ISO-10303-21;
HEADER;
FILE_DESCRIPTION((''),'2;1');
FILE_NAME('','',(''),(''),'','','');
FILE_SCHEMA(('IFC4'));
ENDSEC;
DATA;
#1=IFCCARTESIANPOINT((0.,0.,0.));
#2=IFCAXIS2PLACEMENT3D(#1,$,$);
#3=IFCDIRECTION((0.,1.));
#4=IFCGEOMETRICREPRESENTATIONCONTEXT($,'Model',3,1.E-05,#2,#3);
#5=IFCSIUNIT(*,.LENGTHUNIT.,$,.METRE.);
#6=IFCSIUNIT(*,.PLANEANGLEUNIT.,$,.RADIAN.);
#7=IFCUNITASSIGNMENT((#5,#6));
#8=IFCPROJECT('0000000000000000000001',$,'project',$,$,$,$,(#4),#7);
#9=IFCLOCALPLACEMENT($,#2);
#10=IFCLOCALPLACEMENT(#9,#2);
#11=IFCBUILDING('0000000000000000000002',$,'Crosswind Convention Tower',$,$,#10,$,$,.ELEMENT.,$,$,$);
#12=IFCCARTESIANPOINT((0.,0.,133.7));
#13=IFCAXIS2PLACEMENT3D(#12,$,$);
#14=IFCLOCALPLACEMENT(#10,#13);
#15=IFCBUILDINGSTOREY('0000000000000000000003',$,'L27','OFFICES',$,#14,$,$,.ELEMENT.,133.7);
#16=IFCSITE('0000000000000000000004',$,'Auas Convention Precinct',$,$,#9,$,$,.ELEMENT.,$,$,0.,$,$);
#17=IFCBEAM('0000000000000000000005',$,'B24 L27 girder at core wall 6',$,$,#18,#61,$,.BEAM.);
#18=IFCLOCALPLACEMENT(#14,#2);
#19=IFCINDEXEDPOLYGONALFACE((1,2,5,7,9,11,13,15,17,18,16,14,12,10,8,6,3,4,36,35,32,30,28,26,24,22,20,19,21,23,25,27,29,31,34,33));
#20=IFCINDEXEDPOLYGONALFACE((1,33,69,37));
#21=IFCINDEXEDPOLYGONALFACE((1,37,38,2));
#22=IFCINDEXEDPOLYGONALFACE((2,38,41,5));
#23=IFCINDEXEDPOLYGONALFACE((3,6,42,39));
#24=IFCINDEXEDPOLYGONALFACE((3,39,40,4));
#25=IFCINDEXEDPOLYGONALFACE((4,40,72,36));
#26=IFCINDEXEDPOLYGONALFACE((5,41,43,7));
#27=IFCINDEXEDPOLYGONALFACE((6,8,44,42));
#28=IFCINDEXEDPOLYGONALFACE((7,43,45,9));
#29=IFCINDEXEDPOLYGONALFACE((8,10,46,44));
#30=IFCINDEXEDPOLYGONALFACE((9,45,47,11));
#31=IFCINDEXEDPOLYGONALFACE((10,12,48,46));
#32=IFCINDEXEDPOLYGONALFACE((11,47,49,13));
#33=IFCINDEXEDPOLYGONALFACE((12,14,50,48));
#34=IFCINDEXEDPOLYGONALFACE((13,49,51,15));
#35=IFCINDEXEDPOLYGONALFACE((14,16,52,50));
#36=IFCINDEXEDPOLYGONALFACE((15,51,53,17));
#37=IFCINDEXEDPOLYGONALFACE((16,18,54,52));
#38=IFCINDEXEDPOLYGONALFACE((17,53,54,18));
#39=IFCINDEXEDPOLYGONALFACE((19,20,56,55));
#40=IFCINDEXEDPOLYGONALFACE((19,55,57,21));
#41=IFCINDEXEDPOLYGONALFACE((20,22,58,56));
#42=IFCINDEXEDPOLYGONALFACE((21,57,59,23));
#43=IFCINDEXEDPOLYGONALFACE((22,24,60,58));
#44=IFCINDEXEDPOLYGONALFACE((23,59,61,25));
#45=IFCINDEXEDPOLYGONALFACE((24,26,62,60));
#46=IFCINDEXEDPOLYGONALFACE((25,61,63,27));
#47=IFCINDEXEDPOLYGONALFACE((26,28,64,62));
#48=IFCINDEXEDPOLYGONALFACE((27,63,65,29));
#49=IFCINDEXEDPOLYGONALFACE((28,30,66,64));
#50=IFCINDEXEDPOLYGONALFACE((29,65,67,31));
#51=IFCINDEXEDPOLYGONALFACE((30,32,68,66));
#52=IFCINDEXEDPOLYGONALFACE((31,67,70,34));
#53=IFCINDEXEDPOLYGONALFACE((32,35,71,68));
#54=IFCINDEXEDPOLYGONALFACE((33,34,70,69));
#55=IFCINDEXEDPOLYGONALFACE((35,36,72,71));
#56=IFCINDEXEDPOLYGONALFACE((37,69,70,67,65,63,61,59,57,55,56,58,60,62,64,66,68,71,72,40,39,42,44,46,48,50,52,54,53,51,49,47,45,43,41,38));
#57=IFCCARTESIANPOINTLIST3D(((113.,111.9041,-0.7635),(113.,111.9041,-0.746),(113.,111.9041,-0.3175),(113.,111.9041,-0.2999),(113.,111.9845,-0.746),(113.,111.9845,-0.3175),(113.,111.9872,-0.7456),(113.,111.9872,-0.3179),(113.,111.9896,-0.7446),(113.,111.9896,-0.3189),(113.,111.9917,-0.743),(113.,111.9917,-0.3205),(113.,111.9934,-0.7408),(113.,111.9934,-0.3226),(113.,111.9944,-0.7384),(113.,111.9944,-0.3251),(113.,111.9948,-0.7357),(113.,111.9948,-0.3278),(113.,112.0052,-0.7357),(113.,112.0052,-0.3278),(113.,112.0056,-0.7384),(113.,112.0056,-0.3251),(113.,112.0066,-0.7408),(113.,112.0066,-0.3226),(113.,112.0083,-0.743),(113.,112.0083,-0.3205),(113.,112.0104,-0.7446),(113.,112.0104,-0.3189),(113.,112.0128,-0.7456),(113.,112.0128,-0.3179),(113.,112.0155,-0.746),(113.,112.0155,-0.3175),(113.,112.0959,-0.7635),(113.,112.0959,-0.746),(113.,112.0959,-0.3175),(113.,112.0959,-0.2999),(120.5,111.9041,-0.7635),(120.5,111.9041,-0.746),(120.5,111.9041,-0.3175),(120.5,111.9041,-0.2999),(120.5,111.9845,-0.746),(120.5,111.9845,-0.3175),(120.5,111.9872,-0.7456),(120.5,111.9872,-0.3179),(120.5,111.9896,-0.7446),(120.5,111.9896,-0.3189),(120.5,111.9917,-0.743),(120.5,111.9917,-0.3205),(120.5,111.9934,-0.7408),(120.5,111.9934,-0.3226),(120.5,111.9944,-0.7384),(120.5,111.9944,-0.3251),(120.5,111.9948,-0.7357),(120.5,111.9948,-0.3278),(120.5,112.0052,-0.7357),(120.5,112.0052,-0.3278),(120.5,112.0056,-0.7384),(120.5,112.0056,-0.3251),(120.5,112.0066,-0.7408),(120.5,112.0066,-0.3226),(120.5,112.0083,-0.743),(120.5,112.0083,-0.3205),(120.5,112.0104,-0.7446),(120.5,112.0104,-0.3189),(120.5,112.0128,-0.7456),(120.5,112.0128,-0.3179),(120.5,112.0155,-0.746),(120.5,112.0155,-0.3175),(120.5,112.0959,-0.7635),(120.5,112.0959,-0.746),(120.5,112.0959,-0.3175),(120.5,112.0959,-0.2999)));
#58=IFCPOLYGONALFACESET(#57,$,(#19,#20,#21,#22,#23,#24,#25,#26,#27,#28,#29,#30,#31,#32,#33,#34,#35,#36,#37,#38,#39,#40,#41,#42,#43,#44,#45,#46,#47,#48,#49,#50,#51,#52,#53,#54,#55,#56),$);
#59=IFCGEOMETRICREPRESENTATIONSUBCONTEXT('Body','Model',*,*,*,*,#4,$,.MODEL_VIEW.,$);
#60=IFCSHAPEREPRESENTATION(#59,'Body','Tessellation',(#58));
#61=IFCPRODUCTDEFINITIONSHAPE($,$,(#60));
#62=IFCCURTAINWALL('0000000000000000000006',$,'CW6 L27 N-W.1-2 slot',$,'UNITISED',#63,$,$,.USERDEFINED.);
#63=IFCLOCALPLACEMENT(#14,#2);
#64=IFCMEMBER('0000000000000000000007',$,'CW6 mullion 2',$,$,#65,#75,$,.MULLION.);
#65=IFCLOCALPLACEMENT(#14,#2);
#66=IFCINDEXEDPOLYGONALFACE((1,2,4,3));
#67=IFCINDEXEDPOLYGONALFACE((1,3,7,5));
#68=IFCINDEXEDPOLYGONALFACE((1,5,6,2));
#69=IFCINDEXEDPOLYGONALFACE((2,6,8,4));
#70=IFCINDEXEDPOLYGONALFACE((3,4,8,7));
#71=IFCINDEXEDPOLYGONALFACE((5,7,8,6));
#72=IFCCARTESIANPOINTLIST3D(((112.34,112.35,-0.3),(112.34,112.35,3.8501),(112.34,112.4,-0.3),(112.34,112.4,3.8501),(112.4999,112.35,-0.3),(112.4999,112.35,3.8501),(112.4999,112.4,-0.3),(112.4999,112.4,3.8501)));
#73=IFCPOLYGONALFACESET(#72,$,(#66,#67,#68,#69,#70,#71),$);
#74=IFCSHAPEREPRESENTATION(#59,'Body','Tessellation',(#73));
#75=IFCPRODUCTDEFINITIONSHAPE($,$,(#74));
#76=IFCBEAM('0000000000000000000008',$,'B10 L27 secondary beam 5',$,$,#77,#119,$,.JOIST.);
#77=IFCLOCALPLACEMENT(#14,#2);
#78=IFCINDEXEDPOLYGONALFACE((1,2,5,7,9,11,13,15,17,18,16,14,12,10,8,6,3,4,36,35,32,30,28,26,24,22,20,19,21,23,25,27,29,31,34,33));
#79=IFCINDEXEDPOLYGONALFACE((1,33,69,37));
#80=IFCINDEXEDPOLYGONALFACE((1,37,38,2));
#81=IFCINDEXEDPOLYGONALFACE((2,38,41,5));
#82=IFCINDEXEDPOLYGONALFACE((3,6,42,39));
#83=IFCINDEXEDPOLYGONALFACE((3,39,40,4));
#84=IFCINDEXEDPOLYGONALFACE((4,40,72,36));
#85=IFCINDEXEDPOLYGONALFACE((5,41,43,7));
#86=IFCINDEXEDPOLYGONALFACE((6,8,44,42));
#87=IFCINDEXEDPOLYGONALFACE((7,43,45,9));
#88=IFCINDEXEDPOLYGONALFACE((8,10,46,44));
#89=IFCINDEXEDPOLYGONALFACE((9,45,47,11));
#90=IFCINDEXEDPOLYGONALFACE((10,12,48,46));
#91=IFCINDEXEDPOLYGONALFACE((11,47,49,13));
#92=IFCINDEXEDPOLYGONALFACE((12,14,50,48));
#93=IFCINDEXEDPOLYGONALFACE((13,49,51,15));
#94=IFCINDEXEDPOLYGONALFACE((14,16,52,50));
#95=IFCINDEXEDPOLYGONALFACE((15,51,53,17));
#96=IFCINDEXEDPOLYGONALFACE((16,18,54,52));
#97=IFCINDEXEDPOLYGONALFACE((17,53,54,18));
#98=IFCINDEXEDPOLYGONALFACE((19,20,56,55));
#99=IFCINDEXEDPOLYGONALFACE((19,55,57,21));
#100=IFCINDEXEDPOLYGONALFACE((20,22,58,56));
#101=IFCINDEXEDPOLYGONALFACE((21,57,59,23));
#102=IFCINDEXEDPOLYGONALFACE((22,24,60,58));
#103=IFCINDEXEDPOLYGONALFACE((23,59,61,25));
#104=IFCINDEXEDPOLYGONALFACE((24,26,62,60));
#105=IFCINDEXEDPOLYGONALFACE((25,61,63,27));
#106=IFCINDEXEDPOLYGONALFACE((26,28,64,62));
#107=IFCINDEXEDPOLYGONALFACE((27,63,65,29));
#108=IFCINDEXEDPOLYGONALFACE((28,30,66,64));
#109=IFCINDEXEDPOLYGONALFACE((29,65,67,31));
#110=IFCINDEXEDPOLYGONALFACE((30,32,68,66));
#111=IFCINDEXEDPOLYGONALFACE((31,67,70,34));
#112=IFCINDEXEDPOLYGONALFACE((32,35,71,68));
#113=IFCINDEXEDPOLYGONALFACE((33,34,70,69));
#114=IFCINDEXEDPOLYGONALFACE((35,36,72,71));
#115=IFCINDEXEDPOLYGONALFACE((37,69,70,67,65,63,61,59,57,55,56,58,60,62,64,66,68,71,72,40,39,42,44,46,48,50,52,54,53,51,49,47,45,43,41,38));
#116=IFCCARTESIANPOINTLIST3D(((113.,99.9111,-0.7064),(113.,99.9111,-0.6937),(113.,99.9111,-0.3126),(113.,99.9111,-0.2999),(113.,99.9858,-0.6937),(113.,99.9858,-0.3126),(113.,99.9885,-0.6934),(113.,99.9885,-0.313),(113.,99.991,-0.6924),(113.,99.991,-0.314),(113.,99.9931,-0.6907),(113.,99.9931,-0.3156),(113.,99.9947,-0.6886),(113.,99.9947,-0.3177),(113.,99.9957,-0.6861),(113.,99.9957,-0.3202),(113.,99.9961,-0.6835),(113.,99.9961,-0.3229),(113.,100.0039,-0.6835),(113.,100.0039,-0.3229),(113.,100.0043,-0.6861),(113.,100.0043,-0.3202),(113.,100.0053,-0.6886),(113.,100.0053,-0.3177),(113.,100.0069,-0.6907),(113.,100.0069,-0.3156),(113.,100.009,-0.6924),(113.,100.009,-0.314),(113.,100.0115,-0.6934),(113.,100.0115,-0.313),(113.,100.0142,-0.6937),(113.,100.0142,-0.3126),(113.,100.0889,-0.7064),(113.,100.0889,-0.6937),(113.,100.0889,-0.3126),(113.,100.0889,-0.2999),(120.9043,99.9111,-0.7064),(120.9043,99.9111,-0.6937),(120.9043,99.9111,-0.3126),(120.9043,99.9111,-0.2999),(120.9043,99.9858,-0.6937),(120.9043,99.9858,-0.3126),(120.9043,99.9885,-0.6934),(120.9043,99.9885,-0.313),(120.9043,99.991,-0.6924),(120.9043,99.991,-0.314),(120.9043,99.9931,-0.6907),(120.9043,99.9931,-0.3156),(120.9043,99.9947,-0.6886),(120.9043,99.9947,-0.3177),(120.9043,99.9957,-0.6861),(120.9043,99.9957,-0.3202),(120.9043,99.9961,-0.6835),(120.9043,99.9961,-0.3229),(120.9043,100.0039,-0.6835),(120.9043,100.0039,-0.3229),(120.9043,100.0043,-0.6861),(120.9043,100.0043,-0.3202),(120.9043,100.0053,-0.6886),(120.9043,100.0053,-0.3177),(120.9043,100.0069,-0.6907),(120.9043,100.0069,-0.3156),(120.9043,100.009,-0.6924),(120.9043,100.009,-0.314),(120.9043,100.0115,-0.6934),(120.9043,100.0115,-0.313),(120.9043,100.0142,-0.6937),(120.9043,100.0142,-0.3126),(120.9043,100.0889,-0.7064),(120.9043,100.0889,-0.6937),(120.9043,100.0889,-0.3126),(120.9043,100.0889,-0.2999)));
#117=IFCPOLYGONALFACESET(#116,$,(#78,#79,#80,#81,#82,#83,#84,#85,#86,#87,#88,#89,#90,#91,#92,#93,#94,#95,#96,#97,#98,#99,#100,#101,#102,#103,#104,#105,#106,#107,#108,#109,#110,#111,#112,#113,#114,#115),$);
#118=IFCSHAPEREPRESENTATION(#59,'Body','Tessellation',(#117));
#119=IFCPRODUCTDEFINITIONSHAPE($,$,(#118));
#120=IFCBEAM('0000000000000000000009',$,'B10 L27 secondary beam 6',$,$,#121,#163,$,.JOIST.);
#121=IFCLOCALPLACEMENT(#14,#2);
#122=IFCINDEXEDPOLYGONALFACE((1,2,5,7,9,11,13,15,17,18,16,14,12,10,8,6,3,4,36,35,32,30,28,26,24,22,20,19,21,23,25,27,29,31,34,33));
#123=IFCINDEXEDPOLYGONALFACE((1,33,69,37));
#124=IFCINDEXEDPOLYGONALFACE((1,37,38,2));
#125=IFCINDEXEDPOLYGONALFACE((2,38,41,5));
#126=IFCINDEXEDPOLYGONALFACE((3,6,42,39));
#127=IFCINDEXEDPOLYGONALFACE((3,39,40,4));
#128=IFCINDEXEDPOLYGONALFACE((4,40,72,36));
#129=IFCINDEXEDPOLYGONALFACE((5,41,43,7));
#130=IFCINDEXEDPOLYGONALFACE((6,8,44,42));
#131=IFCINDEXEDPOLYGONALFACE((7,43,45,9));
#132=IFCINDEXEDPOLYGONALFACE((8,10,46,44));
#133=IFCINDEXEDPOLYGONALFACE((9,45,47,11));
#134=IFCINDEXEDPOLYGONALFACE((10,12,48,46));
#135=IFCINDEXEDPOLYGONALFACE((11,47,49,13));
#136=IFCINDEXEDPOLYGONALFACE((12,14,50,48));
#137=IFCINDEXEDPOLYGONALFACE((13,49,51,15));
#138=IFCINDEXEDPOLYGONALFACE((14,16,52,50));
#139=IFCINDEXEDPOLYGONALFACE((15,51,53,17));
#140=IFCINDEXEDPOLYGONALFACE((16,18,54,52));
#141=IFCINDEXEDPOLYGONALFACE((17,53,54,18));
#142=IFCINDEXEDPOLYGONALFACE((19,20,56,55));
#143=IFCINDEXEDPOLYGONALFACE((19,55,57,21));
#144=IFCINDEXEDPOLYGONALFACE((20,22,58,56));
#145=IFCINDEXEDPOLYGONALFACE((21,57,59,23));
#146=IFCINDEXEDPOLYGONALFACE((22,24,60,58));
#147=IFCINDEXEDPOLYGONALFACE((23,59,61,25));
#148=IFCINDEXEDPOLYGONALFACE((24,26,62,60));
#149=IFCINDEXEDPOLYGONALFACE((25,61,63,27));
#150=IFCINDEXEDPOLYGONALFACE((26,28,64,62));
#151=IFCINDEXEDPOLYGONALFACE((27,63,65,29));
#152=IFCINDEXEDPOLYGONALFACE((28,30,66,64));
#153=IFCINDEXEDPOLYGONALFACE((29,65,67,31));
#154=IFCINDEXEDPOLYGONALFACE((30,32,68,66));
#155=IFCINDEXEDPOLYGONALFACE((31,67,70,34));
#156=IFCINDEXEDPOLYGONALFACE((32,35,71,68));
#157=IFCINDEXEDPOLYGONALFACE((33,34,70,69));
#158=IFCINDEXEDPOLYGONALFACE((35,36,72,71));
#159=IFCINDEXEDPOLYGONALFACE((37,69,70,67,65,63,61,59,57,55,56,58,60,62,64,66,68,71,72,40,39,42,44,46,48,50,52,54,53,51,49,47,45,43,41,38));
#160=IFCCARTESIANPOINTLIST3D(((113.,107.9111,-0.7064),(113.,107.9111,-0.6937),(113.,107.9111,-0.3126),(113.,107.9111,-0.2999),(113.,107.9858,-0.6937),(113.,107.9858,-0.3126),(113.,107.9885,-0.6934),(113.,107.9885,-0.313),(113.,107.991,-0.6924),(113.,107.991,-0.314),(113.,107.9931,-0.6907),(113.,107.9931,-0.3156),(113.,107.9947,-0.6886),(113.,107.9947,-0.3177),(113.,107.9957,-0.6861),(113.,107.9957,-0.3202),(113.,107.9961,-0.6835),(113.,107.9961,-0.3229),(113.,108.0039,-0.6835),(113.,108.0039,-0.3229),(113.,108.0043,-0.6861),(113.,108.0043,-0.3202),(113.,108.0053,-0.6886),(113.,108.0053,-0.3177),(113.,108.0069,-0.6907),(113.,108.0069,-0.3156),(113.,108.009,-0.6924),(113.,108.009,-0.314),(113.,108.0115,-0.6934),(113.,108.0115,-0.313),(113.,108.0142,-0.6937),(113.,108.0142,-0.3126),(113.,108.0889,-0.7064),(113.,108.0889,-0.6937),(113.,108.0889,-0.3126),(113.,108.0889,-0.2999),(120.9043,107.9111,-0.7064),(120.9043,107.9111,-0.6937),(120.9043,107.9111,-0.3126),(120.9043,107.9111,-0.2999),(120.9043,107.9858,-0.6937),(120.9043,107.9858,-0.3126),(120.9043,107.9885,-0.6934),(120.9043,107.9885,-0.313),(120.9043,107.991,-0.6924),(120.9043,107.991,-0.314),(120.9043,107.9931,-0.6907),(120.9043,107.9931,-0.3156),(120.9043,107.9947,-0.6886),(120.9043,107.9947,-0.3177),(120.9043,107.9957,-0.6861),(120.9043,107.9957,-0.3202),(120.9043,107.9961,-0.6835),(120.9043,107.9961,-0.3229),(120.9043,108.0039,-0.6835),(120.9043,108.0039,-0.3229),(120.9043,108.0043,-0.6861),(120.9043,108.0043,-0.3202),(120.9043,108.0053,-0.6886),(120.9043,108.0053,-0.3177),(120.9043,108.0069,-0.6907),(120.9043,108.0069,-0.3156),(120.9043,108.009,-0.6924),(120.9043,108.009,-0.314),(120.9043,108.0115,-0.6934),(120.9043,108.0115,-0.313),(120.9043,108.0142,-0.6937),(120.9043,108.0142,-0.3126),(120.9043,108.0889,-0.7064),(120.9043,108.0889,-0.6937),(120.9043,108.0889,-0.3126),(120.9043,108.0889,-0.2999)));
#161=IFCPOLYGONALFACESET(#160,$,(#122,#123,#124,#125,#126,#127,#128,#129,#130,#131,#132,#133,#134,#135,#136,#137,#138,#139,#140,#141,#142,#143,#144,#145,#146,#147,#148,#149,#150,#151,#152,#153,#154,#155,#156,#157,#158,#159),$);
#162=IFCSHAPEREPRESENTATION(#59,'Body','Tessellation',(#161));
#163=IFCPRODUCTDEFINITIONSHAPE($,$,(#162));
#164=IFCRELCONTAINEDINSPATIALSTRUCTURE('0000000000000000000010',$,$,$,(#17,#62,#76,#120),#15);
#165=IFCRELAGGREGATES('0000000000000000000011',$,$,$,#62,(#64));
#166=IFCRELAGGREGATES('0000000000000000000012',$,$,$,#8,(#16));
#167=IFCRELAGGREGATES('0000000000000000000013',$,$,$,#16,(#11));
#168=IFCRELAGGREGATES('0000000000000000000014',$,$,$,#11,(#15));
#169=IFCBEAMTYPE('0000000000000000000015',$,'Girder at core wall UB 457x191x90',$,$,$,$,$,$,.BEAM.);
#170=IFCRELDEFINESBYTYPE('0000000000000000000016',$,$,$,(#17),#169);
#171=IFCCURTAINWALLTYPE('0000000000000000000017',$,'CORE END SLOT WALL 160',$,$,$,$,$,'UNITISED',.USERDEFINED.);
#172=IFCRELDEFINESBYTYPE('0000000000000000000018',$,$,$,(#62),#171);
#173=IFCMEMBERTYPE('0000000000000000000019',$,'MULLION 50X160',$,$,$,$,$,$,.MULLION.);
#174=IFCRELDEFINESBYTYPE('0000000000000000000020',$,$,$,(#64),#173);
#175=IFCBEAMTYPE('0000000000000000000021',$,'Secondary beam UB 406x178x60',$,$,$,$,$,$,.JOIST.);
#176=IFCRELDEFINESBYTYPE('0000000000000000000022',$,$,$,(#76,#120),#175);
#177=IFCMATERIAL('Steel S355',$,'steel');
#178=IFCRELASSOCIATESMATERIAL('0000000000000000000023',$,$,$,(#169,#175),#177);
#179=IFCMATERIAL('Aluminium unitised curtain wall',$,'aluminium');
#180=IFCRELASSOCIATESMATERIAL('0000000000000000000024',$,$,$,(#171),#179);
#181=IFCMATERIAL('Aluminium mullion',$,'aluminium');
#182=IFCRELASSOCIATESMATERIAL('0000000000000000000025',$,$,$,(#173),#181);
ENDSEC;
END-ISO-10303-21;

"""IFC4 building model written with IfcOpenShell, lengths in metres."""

from ifc_helpers import new_model, si_unit, direction, frame, origin, origin_2d, place, context, subcontext, project, spatial, rectangle, i_section, extrude, material, material_profile, profile_set, type_object, element, aggregate, save


model = new_model("IFC4")

# Units and contexts
model_context = context("Model", 3, precision=1e-05, world=origin(), true_north=direction((0.0, 1.0)))
body_context = subcontext(model_context, "Body", "Model", "MODEL_VIEW")
ifc_project = project(units=[si_unit("LENGTHUNIT", "METRE"), si_unit("PLANEANGLEUNIT", "RADIAN")], contexts=[model_context])

# Site, building, storey
site_placement = place(None, origin())
site = spatial("IfcSite", under=ifc_project, at=site_placement, Name="Auas Convention Precinct", CompositionType="ELEMENT", RefElevation=0.0)
building_placement = place(site_placement, origin())
building = spatial("IfcBuilding", under=site, at=building_placement, Name="Crosswind Convention Tower", CompositionType="ELEMENT")
storey_placement = place(building_placement, frame((0.0, 0.0, 133.7)))
storey = spatial("IfcBuildingStorey", under=building, at=storey_placement, Name="L27", Description="OFFICES", CompositionType="ELEMENT", Elevation=133.7)

# Beam
ifc_material_1 = material(Name="Steel S355", Category="steel")
ifc_material_profile_1 = material_profile(ifc_material_1, i_section(OverallWidth=0.1919, OverallDepth=0.4636, WebThickness=0.0105, FlangeThickness=0.0176, FilletRadius=0.0103, at=origin_2d()), Name="UB 457x191x90")
ifc_profile_set_1 = profile_set([ifc_material_profile_1], Name="Steel S355")
beam_type_1 = type_object("IfcBeamType", Name="Girder at core wall UB 457x191x90", PredefinedType="BEAM", material=ifc_profile_set_1)
for number, where, z_axis, x_axis, name in (
    (1, (113.0, 112.0, -0.5317), (1.0, 0.0, 0.0), (0.0, 1.0, 0.0), "B24 L27 girder at core wall 6"),
):
    element("IfcBeam", number, at=place(storey_placement, frame(where, z_axis=z_axis, x_axis=x_axis)), inside=storey, type_object=beam_type_1, Name=name, PredefinedType="BEAM", context=body_context, shape_type="SweptSolid", body=[
        extrude(i_section(OverallWidth=0.1919, OverallDepth=0.4636, WebThickness=0.0105, FlangeThickness=0.0176, FilletRadius=0.0103, at=origin_2d()), origin(), (0.0, 0.0, 1.0), 7.5),
    ])

# Curtain wall, member
ifc_material_2 = material(Name="Aluminium unitised curtain wall", Category="aluminium")
curtain_wall_type = type_object("IfcCurtainWallType", Name="CORE END SLOT WALL 160", ElementType="UNITISED", PredefinedType="USERDEFINED", material=ifc_material_2)
curtain_wall_placement = place(storey_placement, origin())
curtain_wall = element("IfcCurtainWall", 2, at=curtain_wall_placement, inside=storey, type_object=curtain_wall_type, Name="CW6 L27 N-W.1-2 slot", ObjectType="UNITISED", PredefinedType="USERDEFINED")
ifc_material_3 = material(Name="Aluminium mullion", Category="aluminium")
ifc_material_profile_2 = material_profile(ifc_material_3, rectangle(XDim=0.1599, YDim=0.05, at=origin_2d()), Name="AL 160X50")
ifc_profile_set_2 = profile_set([ifc_material_profile_2], Name="Aluminium mullion")
member_type = type_object("IfcMemberType", Name="MULLION 50X160", PredefinedType="MULLION", material=ifc_profile_set_2)
member_placement = place(storey_placement, frame((112.4199, 112.375, -0.3), z_axis=(0.0, 0.0, 1.0), x_axis=(-1.0, 0.0, 0.0)))
member = element("IfcMember", 3, at=member_placement, type_object=member_type, Name="CW6 mullion 2", PredefinedType="MULLION", context=body_context, shape_type="SweptSolid", body=[
    extrude(rectangle(XDim=0.1599, YDim=0.05, at=origin_2d()), origin(), (0.0, 0.0, 1.0), 4.1501),
])
aggregate(curtain_wall, [member])

# Beams
ifc_material_profile_3 = material_profile(ifc_material_1, i_section(OverallWidth=0.1777, OverallDepth=0.4065, WebThickness=0.0078, FlangeThickness=0.0127, FilletRadius=0.0103, at=origin_2d()), Name="UB 406x178x60")
ifc_profile_set_3 = profile_set([ifc_material_profile_3], Name="Steel S355")
beam_type_2 = type_object("IfcBeamType", Name="Secondary beam UB 406x178x60", PredefinedType="JOIST", material=ifc_profile_set_3)
for number, where, z_axis, x_axis, name in (
    (4, (113.0, 100.0, -0.5032), (1.0, 0.0, 0.0), (0.0, 1.0, 0.0), "B10 L27 secondary beam 5"),
    (5, (113.0, 108.0, -0.5032), (1.0, 0.0, 0.0), (0.0, 1.0, 0.0), "B10 L27 secondary beam 6"),
):
    element("IfcBeam", number, at=place(storey_placement, frame(where, z_axis=z_axis, x_axis=x_axis)), inside=storey, type_object=beam_type_2, Name=name, PredefinedType="JOIST", context=body_context, shape_type="SweptSolid", body=[
        extrude(i_section(OverallWidth=0.1777, OverallDepth=0.4065, WebThickness=0.0078, FlangeThickness=0.0127, FilletRadius=0.0103, at=origin_2d()), origin(), (0.0, 0.0, 1.0), 7.9043),
    ])

save(model, "model.ifc")
